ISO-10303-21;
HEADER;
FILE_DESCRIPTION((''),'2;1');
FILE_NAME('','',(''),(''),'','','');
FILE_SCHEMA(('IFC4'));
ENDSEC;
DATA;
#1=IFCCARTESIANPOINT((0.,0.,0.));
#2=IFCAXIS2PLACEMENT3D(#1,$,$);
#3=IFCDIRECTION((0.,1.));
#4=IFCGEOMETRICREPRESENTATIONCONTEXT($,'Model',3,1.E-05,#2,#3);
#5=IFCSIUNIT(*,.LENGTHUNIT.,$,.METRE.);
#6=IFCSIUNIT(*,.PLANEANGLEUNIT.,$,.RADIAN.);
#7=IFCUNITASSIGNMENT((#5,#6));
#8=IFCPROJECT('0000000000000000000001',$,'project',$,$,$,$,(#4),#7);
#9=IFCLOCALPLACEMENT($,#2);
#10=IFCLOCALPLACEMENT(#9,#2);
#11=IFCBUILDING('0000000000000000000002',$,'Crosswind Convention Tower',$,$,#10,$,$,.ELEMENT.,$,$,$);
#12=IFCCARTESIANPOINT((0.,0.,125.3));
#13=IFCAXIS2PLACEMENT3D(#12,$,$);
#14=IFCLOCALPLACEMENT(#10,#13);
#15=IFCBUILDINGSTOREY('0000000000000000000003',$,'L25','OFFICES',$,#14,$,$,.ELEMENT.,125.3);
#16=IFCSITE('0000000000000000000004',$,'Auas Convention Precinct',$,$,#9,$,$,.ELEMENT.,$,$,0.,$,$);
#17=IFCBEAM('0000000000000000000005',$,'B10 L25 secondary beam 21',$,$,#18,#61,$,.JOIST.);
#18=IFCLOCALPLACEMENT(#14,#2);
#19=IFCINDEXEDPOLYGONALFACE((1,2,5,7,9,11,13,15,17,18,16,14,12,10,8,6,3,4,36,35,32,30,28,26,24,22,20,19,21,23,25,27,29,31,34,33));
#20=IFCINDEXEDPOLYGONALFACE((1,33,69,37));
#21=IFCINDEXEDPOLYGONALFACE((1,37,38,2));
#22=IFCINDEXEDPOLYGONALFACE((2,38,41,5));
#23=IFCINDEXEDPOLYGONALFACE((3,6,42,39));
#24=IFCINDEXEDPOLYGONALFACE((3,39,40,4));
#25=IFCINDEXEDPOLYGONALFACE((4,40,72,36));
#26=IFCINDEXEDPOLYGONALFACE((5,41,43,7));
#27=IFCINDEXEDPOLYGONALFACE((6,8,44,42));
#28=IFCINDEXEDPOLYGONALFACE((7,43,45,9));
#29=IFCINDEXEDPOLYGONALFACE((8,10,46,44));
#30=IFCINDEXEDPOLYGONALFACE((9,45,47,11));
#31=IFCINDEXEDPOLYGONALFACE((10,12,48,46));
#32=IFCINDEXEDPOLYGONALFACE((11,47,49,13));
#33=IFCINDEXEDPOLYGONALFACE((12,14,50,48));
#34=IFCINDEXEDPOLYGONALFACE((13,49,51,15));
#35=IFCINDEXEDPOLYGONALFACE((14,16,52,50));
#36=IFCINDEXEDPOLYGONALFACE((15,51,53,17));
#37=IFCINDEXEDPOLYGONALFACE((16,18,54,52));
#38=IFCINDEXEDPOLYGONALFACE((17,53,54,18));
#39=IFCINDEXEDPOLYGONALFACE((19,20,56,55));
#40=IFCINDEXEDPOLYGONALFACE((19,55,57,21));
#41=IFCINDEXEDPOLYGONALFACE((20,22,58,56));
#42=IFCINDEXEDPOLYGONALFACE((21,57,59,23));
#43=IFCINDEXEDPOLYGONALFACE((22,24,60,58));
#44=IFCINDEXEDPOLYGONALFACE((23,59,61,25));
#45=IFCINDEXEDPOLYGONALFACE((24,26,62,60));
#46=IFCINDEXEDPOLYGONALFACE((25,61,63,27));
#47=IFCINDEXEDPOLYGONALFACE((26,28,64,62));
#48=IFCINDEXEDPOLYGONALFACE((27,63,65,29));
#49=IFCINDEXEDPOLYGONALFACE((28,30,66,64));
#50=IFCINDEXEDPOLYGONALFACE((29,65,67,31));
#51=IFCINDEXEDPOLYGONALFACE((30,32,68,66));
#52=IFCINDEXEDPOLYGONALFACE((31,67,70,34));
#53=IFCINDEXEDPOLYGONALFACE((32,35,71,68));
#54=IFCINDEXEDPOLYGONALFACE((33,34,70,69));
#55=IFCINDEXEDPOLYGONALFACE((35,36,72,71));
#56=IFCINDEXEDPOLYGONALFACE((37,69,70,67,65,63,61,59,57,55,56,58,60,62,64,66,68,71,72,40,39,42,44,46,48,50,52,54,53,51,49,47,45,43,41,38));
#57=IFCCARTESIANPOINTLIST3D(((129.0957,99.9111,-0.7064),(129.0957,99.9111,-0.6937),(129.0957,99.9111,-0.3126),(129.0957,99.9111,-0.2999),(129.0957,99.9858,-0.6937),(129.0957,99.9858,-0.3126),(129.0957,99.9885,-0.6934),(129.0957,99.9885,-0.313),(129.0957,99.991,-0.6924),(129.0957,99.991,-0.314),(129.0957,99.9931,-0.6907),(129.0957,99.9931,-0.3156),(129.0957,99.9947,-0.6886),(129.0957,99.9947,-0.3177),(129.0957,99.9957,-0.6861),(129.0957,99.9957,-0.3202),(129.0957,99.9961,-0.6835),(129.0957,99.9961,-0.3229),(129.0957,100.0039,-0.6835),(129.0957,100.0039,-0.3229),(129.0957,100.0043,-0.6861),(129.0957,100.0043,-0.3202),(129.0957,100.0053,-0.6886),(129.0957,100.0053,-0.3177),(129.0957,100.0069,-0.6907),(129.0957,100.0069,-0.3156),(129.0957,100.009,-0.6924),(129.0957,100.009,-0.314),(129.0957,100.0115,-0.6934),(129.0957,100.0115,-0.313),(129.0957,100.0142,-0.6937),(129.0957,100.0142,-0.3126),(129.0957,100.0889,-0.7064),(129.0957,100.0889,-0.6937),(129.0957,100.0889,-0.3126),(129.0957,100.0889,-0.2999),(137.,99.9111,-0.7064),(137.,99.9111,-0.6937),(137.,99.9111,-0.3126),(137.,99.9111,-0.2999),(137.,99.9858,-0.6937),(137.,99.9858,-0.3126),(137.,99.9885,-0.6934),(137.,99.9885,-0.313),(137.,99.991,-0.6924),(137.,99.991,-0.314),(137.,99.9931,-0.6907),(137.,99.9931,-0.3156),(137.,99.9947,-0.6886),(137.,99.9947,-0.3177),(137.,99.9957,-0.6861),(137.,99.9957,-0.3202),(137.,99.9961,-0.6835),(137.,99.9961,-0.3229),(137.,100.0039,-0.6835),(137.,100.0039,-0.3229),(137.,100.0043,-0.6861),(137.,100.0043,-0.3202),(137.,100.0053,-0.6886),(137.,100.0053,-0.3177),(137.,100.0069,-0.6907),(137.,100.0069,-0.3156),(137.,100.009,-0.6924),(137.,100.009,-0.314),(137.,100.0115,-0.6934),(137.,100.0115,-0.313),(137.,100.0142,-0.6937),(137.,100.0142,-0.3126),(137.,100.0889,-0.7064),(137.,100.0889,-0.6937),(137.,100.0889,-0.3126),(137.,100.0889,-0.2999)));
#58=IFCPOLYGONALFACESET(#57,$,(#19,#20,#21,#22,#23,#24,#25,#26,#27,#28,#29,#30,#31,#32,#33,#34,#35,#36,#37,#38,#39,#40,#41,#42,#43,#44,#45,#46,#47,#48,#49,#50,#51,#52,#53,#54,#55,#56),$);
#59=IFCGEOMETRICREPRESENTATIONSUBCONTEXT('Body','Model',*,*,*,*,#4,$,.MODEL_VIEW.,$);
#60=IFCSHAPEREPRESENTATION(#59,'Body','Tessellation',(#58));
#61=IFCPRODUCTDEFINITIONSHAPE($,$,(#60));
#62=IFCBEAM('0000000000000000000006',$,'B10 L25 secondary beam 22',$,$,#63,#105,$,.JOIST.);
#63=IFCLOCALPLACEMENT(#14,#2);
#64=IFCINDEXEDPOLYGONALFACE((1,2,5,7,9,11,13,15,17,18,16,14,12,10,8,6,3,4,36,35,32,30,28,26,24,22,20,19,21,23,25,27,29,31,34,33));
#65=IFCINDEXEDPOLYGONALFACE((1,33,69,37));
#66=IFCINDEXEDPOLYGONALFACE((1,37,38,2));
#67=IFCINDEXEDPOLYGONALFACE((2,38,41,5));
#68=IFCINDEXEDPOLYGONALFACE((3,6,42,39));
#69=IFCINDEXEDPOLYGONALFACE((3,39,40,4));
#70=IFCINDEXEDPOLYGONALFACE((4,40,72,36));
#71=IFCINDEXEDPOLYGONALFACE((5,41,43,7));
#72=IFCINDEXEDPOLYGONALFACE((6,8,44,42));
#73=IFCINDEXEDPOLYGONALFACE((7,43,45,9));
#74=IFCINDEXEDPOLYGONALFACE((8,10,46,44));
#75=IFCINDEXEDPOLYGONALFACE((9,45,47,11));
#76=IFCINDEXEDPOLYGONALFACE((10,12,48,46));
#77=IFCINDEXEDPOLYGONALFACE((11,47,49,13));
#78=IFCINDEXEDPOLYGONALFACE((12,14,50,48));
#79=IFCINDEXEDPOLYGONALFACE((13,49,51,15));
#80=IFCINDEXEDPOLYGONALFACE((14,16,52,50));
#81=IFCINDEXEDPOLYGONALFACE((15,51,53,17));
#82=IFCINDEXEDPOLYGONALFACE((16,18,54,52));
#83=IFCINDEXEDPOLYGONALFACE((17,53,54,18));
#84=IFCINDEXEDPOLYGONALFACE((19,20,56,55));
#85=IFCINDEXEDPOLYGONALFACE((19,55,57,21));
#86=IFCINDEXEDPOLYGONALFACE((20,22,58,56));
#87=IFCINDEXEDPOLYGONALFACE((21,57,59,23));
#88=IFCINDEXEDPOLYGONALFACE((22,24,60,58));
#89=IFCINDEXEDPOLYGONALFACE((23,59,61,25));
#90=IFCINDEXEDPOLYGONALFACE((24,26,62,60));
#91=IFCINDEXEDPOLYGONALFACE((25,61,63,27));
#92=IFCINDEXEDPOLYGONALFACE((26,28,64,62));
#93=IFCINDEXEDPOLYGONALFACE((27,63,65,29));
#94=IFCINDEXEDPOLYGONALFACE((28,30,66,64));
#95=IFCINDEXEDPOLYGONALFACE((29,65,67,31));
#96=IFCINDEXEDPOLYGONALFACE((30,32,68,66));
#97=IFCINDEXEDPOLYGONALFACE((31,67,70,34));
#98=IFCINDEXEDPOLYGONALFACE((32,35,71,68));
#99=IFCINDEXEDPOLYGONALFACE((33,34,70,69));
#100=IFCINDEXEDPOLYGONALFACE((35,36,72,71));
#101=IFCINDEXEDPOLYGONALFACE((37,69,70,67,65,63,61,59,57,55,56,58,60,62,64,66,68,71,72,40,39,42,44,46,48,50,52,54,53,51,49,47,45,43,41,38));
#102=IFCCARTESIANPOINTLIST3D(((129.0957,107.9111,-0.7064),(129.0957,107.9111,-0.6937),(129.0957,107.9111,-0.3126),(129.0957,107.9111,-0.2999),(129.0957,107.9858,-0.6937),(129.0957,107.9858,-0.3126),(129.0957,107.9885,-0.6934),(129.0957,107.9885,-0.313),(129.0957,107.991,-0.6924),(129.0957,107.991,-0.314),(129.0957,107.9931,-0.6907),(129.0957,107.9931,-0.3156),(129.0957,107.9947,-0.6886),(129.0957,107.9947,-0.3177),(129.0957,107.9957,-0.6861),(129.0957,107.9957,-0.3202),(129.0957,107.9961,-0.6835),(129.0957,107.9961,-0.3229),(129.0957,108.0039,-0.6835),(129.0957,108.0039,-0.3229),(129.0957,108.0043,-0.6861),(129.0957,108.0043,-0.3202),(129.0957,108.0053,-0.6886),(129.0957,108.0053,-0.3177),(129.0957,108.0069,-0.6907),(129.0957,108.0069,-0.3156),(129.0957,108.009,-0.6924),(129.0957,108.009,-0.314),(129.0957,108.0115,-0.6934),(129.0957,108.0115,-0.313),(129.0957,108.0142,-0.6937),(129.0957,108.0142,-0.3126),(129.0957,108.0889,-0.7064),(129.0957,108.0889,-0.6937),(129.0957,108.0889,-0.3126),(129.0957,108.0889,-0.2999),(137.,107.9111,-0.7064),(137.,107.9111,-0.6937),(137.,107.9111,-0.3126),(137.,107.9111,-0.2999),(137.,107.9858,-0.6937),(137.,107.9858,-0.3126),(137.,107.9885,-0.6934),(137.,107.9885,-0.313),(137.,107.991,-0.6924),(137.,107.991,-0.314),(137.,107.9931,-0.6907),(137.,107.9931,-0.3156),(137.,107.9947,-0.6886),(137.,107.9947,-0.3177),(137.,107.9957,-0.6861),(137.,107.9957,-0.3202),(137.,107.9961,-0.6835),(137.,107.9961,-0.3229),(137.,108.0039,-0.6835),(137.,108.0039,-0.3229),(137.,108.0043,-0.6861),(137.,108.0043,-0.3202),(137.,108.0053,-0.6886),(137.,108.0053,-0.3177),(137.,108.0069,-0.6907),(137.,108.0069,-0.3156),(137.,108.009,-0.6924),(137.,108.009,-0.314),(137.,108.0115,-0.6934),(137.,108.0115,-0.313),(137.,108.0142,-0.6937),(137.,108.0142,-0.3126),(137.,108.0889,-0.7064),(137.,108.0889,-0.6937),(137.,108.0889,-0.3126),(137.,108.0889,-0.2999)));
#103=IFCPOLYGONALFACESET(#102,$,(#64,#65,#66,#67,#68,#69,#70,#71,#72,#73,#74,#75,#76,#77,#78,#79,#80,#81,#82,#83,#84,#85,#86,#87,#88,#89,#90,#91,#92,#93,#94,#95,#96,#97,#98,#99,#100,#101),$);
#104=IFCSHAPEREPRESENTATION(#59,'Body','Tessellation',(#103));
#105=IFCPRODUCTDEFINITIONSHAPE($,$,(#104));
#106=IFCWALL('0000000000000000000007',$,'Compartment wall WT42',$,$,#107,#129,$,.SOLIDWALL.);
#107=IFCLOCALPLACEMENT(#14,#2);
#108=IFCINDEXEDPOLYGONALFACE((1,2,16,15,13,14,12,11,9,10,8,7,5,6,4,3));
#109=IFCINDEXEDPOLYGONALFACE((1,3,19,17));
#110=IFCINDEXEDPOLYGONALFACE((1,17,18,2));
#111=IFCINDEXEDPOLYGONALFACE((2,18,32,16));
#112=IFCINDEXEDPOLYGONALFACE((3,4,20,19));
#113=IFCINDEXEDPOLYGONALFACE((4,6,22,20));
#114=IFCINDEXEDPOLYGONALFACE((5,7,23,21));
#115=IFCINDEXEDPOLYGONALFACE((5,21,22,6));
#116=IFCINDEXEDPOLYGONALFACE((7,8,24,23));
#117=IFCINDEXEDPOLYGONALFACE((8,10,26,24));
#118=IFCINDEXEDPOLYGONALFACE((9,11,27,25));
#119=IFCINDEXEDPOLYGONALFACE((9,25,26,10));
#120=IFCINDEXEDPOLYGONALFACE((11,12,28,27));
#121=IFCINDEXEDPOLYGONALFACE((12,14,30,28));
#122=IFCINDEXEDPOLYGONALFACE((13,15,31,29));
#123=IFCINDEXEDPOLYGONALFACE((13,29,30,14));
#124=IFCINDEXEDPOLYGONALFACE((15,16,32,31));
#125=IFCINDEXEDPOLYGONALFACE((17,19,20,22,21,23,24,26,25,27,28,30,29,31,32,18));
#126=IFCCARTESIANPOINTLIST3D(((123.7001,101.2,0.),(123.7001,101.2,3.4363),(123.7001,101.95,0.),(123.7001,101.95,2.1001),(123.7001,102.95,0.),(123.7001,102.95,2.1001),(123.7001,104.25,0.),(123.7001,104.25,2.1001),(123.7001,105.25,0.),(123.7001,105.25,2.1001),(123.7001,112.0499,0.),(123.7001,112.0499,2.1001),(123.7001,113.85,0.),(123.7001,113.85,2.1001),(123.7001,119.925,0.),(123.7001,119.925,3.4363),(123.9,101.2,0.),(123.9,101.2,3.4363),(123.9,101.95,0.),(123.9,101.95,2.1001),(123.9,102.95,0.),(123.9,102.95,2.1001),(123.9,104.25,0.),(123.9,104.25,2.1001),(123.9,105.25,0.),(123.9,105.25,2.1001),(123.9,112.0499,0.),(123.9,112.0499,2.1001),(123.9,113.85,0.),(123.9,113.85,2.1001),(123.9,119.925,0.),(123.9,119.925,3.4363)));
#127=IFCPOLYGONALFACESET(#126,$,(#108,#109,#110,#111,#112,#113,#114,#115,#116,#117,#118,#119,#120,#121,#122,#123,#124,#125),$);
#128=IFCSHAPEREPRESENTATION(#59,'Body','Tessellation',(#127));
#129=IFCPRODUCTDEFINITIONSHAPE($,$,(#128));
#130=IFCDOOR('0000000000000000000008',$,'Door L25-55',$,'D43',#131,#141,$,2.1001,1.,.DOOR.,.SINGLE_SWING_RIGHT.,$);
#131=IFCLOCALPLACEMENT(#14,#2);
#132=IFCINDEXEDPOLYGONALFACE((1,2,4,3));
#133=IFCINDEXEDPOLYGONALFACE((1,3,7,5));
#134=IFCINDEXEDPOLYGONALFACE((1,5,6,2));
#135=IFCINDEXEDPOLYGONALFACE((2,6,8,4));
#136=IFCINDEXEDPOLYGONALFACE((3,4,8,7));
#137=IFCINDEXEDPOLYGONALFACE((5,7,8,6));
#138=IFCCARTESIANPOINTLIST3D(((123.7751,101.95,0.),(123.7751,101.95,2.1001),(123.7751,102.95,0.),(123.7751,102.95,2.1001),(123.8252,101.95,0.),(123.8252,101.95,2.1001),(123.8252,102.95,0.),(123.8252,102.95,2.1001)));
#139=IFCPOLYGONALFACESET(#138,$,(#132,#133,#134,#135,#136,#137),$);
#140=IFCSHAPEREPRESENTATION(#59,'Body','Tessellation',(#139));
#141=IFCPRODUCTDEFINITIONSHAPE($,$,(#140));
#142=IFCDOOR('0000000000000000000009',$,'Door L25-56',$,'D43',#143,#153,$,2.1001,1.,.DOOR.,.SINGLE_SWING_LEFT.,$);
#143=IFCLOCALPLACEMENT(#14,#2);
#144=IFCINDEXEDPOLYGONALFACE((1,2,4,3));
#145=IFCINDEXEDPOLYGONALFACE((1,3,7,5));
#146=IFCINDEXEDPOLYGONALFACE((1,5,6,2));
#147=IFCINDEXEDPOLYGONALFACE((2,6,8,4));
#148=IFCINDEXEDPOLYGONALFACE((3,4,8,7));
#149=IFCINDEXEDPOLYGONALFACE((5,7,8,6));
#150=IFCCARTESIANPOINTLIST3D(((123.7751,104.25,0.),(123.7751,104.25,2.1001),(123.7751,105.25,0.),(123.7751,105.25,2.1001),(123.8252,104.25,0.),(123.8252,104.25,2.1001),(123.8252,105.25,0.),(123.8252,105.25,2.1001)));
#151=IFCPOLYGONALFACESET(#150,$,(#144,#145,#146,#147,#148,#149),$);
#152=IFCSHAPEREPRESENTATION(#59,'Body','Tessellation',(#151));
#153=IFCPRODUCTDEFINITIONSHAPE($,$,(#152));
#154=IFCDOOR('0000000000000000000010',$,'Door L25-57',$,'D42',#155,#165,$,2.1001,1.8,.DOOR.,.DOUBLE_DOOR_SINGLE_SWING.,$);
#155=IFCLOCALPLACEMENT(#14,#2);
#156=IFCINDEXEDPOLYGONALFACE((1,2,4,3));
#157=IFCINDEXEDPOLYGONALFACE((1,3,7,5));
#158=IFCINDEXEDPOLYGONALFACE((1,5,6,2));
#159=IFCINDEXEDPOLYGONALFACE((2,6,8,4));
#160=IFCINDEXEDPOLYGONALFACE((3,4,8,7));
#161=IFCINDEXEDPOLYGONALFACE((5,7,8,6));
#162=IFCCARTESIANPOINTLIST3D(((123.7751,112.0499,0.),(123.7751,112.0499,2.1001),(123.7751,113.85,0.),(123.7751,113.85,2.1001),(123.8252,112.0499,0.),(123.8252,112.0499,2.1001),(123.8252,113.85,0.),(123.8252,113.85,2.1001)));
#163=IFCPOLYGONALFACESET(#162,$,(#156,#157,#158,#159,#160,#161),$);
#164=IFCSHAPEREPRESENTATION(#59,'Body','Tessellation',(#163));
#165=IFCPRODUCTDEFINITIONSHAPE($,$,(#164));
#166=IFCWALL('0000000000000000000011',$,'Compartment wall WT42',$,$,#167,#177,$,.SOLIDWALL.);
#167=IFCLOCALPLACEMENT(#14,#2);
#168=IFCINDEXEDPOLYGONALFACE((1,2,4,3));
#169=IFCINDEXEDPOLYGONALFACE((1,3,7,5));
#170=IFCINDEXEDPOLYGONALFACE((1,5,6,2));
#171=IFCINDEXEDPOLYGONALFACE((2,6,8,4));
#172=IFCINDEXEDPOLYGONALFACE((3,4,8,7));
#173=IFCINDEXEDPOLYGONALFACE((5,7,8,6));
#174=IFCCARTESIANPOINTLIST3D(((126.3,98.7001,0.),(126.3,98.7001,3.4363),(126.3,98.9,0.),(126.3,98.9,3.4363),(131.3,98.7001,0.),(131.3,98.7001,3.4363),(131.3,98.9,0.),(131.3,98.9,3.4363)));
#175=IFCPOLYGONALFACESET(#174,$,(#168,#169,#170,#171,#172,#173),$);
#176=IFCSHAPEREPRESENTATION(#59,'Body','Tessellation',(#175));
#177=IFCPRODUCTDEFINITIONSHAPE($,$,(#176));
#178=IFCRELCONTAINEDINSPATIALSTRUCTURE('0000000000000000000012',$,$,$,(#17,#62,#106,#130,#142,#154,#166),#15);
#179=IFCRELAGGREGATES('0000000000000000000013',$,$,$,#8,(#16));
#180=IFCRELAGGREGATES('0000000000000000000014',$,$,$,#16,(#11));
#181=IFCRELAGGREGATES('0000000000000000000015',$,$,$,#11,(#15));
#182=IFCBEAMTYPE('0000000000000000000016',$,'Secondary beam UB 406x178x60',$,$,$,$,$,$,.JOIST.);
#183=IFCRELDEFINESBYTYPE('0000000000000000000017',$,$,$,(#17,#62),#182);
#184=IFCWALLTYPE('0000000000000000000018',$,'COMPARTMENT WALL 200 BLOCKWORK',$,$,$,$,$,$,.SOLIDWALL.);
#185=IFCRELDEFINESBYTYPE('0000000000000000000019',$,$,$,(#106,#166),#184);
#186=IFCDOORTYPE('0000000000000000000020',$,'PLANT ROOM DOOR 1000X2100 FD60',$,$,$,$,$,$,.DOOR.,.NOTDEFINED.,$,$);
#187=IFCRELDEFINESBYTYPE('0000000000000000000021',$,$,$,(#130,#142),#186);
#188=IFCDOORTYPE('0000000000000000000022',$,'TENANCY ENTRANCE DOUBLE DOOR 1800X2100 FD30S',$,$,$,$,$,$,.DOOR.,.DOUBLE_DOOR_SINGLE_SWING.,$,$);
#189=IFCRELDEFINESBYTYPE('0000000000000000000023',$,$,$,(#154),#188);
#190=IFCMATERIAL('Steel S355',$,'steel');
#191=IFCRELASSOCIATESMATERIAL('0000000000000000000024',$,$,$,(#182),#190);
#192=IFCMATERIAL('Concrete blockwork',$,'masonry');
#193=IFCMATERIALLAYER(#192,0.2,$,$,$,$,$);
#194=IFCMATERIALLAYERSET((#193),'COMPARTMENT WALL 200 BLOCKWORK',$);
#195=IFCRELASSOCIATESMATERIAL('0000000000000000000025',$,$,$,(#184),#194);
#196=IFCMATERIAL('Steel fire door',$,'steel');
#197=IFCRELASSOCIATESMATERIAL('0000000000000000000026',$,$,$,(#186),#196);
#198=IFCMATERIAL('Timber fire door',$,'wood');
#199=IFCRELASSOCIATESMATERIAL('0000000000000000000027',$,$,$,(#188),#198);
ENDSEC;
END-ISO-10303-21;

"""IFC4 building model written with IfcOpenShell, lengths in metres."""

from ifc_helpers import new_model, si_unit, direction, frame, frame_2d, origin, origin_2d, place, context, subcontext, project, spatial, rectangle, i_section, extrude, material, layer, layer_set, material_profile, profile_set, type_object, element, fill, save


model = new_model("IFC4")

# Units and contexts
model_context = context("Model", 3, precision=1e-05, world=origin(), true_north=direction((0.0, 1.0)))
body_context = subcontext(model_context, "Body", "Model", "MODEL_VIEW")
ifc_project = project(units=[si_unit("LENGTHUNIT", "METRE"), si_unit("PLANEANGLEUNIT", "RADIAN")], contexts=[model_context])

# Site, building, storey
site_placement = place(None, origin())
site = spatial("IfcSite", under=ifc_project, at=site_placement, Name="Auas Convention Precinct", CompositionType="ELEMENT", RefElevation=0.0)
building_placement = place(site_placement, origin())
building = spatial("IfcBuilding", under=site, at=building_placement, Name="Crosswind Convention Tower", CompositionType="ELEMENT")
storey_placement = place(building_placement, frame((0.0, 0.0, 125.3)))
storey = spatial("IfcBuildingStorey", under=building, at=storey_placement, Name="L25", Description="OFFICES", CompositionType="ELEMENT", Elevation=125.3)

# Beams
ifc_material_1 = material(Name="Steel S355", Category="steel")
ifc_material_profile_1 = material_profile(ifc_material_1, i_section(OverallWidth=0.1777, OverallDepth=0.4065, WebThickness=0.0078, FlangeThickness=0.0127, FilletRadius=0.0103, at=origin_2d()), Name="UB 406x178x60")
ifc_profile_set_1 = profile_set([ifc_material_profile_1], Name="Steel S355")
beam_type_1 = type_object("IfcBeamType", Name="Secondary beam UB 406x178x60", PredefinedType="JOIST", material=ifc_profile_set_1)
for number, where, z_axis, x_axis, name in (
    (1, (129.0957, 100.0, -0.5032), (1.0, 0.0, 0.0), (0.0, 1.0, 0.0), "B10 L25 secondary beam 21"),
    (2, (129.0957, 108.0, -0.5032), (1.0, 0.0, 0.0), (0.0, 1.0, 0.0), "B10 L25 secondary beam 22"),
):
    element("IfcBeam", number, at=place(storey_placement, frame(where, z_axis=z_axis, x_axis=x_axis)), inside=storey, type_object=beam_type_1, Name=name, PredefinedType="JOIST", context=body_context, shape_type="SweptSolid", body=[
        extrude(i_section(OverallWidth=0.1777, OverallDepth=0.4065, WebThickness=0.0078, FlangeThickness=0.0127, FilletRadius=0.0103, at=origin_2d()), origin(), (0.0, 0.0, 1.0), 7.9043),
    ])

# Wall, openings, doors
ifc_material_2 = material(Name="Concrete blockwork", Category="masonry")
ifc_layer_1 = layer(ifc_material_2, 0.2)
ifc_layer_set_1 = layer_set([ifc_layer_1], Name="COMPARTMENT WALL 200 BLOCKWORK")
wall_type_1 = type_object("IfcWallType", Name="COMPARTMENT WALL 200 BLOCKWORK", PredefinedType="SOLIDWALL", material=ifc_layer_set_1)
wall_1_placement = place(storey_placement, frame((123.8, 101.2, 0.0), z_axis=(0.0, 0.0, 1.0), x_axis=(0.0, 1.0, 0.0)))
wall_1 = element("IfcWall", 3, at=wall_1_placement, inside=storey, type_object=wall_type_1, Name="Compartment wall WT42", PredefinedType="SOLIDWALL", context=body_context, shape_type="SweptSolid", body=[
    extrude(rectangle(XDim=18.7251, YDim=0.2, at=frame_2d((9.3625, 0.0))), origin(), (0.0, 0.0, 1.0), 3.4363),
])
opening_1_placement = place(wall_1_placement, frame((0.75, 0.0, 0.0)))
opening_1 = element("IfcOpeningElement", 4, at=opening_1_placement, cuts=wall_1, PredefinedType="OPENING", context=body_context, shape_type="SweptSolid", body=[
    extrude(rectangle(XDim=1.0, YDim=2.1001, at=frame_2d((0.5, 1.05))), frame((0.0, 0.1099, 0.0), z_axis=(0.0, -1.0, 0.0), x_axis=(1.0, 0.0, 0.0)), (0.0, 0.0, 1.0), 0.22),
])
opening_2_placement = place(wall_1_placement, frame((3.05, 0.0, 0.0)))
opening_2 = element("IfcOpeningElement", 5, at=opening_2_placement, cuts=wall_1, PredefinedType="OPENING", context=body_context, shape_type="SweptSolid", body=[
    extrude(rectangle(XDim=1.0, YDim=2.1001, at=frame_2d((0.5, 1.05))), frame((0.0, 0.1099, 0.0), z_axis=(0.0, -1.0, 0.0), x_axis=(1.0, 0.0, 0.0)), (0.0, 0.0, 1.0), 0.22),
])
opening_3_placement = place(wall_1_placement, frame((10.8501, 0.0, 0.0)))
opening_3 = element("IfcOpeningElement", 6, at=opening_3_placement, cuts=wall_1, PredefinedType="OPENING", context=body_context, shape_type="SweptSolid", body=[
    extrude(rectangle(XDim=1.8, YDim=2.1001, at=frame_2d((0.8999, 1.05))), frame((0.0, 0.1099, 0.0), z_axis=(0.0, -1.0, 0.0), x_axis=(1.0, 0.0, 0.0)), (0.0, 0.0, 1.0), 0.22),
])
ifc_material_3 = material(Name="Steel fire door", Category="steel")
door_type_1 = type_object("IfcDoorType", Name="PLANT ROOM DOOR 1000X2100 FD60", OperationType="NOTDEFINED", PredefinedType="DOOR", material=ifc_material_3)
door_1_placement = place(opening_1_placement, origin())
door_1 = element("IfcDoor", 7, at=door_1_placement, inside=storey, type_object=door_type_1, Name="Door L25-55", ObjectType="D43", OperationType="SINGLE_SWING_RIGHT", OverallHeight=2.1001, OverallWidth=1.0, PredefinedType="DOOR", context=body_context, shape_type="SweptSolid", body=[
    extrude(rectangle(XDim=1.0, YDim=2.1001, at=frame_2d((0.5, 1.05))), frame((0.0, 0.0249, 0.0), z_axis=(0.0, -1.0, 0.0), x_axis=(1.0, 0.0, 0.0)), (0.0, 0.0, 1.0), 0.05),
])
fill(opening_1, door_1)
door_2_placement = place(opening_2_placement, origin())
door_2 = element("IfcDoor", 8, at=door_2_placement, inside=storey, type_object=door_type_1, Name="Door L25-56", ObjectType="D43", OperationType="SINGLE_SWING_LEFT", OverallHeight=2.1001, OverallWidth=1.0, PredefinedType="DOOR", context=body_context, shape_type="SweptSolid", body=[
    extrude(rectangle(XDim=1.0, YDim=2.1001, at=frame_2d((0.5, 1.05))), frame((0.0, 0.0249, 0.0), z_axis=(0.0, -1.0, 0.0), x_axis=(1.0, 0.0, 0.0)), (0.0, 0.0, 1.0), 0.05),
])
fill(opening_2, door_2)
ifc_material_4 = material(Name="Timber fire door", Category="wood")
door_type_2 = type_object("IfcDoorType", Name="TENANCY ENTRANCE DOUBLE DOOR 1800X2100 FD30S", OperationType="DOUBLE_DOOR_SINGLE_SWING", PredefinedType="DOOR", material=ifc_material_4)
door_3_placement = place(opening_3_placement, origin())
door_3 = element("IfcDoor", 9, at=door_3_placement, inside=storey, type_object=door_type_2, Name="Door L25-57", ObjectType="D42", OperationType="DOUBLE_DOOR_SINGLE_SWING", OverallHeight=2.1001, OverallWidth=1.8, PredefinedType="DOOR", context=body_context, shape_type="SweptSolid", body=[
    extrude(rectangle(XDim=1.8, YDim=2.1001, at=frame_2d((0.8999, 1.05))), frame((0.0, 0.0249, 0.0), z_axis=(0.0, -1.0, 0.0), x_axis=(1.0, 0.0, 0.0)), (0.0, 0.0, 1.0), 0.05),
])
fill(opening_3, door_3)

# Wall
wall_2_placement = place(storey_placement, frame((126.3, 98.8, 0.0), z_axis=(0.0, 0.0, 1.0), x_axis=(1.0, 0.0, 0.0)))
element("IfcWall", 10, at=wall_2_placement, inside=storey, type_object=wall_type_1, Name="Compartment wall WT42", PredefinedType="SOLIDWALL", context=body_context, shape_type="SweptSolid", body=[
    extrude(rectangle(XDim=5.0, YDim=0.2, at=frame_2d((2.5, 0.0))), origin(), (0.0, 0.0, 1.0), 3.4363),
])

save(model, "model.ifc")
